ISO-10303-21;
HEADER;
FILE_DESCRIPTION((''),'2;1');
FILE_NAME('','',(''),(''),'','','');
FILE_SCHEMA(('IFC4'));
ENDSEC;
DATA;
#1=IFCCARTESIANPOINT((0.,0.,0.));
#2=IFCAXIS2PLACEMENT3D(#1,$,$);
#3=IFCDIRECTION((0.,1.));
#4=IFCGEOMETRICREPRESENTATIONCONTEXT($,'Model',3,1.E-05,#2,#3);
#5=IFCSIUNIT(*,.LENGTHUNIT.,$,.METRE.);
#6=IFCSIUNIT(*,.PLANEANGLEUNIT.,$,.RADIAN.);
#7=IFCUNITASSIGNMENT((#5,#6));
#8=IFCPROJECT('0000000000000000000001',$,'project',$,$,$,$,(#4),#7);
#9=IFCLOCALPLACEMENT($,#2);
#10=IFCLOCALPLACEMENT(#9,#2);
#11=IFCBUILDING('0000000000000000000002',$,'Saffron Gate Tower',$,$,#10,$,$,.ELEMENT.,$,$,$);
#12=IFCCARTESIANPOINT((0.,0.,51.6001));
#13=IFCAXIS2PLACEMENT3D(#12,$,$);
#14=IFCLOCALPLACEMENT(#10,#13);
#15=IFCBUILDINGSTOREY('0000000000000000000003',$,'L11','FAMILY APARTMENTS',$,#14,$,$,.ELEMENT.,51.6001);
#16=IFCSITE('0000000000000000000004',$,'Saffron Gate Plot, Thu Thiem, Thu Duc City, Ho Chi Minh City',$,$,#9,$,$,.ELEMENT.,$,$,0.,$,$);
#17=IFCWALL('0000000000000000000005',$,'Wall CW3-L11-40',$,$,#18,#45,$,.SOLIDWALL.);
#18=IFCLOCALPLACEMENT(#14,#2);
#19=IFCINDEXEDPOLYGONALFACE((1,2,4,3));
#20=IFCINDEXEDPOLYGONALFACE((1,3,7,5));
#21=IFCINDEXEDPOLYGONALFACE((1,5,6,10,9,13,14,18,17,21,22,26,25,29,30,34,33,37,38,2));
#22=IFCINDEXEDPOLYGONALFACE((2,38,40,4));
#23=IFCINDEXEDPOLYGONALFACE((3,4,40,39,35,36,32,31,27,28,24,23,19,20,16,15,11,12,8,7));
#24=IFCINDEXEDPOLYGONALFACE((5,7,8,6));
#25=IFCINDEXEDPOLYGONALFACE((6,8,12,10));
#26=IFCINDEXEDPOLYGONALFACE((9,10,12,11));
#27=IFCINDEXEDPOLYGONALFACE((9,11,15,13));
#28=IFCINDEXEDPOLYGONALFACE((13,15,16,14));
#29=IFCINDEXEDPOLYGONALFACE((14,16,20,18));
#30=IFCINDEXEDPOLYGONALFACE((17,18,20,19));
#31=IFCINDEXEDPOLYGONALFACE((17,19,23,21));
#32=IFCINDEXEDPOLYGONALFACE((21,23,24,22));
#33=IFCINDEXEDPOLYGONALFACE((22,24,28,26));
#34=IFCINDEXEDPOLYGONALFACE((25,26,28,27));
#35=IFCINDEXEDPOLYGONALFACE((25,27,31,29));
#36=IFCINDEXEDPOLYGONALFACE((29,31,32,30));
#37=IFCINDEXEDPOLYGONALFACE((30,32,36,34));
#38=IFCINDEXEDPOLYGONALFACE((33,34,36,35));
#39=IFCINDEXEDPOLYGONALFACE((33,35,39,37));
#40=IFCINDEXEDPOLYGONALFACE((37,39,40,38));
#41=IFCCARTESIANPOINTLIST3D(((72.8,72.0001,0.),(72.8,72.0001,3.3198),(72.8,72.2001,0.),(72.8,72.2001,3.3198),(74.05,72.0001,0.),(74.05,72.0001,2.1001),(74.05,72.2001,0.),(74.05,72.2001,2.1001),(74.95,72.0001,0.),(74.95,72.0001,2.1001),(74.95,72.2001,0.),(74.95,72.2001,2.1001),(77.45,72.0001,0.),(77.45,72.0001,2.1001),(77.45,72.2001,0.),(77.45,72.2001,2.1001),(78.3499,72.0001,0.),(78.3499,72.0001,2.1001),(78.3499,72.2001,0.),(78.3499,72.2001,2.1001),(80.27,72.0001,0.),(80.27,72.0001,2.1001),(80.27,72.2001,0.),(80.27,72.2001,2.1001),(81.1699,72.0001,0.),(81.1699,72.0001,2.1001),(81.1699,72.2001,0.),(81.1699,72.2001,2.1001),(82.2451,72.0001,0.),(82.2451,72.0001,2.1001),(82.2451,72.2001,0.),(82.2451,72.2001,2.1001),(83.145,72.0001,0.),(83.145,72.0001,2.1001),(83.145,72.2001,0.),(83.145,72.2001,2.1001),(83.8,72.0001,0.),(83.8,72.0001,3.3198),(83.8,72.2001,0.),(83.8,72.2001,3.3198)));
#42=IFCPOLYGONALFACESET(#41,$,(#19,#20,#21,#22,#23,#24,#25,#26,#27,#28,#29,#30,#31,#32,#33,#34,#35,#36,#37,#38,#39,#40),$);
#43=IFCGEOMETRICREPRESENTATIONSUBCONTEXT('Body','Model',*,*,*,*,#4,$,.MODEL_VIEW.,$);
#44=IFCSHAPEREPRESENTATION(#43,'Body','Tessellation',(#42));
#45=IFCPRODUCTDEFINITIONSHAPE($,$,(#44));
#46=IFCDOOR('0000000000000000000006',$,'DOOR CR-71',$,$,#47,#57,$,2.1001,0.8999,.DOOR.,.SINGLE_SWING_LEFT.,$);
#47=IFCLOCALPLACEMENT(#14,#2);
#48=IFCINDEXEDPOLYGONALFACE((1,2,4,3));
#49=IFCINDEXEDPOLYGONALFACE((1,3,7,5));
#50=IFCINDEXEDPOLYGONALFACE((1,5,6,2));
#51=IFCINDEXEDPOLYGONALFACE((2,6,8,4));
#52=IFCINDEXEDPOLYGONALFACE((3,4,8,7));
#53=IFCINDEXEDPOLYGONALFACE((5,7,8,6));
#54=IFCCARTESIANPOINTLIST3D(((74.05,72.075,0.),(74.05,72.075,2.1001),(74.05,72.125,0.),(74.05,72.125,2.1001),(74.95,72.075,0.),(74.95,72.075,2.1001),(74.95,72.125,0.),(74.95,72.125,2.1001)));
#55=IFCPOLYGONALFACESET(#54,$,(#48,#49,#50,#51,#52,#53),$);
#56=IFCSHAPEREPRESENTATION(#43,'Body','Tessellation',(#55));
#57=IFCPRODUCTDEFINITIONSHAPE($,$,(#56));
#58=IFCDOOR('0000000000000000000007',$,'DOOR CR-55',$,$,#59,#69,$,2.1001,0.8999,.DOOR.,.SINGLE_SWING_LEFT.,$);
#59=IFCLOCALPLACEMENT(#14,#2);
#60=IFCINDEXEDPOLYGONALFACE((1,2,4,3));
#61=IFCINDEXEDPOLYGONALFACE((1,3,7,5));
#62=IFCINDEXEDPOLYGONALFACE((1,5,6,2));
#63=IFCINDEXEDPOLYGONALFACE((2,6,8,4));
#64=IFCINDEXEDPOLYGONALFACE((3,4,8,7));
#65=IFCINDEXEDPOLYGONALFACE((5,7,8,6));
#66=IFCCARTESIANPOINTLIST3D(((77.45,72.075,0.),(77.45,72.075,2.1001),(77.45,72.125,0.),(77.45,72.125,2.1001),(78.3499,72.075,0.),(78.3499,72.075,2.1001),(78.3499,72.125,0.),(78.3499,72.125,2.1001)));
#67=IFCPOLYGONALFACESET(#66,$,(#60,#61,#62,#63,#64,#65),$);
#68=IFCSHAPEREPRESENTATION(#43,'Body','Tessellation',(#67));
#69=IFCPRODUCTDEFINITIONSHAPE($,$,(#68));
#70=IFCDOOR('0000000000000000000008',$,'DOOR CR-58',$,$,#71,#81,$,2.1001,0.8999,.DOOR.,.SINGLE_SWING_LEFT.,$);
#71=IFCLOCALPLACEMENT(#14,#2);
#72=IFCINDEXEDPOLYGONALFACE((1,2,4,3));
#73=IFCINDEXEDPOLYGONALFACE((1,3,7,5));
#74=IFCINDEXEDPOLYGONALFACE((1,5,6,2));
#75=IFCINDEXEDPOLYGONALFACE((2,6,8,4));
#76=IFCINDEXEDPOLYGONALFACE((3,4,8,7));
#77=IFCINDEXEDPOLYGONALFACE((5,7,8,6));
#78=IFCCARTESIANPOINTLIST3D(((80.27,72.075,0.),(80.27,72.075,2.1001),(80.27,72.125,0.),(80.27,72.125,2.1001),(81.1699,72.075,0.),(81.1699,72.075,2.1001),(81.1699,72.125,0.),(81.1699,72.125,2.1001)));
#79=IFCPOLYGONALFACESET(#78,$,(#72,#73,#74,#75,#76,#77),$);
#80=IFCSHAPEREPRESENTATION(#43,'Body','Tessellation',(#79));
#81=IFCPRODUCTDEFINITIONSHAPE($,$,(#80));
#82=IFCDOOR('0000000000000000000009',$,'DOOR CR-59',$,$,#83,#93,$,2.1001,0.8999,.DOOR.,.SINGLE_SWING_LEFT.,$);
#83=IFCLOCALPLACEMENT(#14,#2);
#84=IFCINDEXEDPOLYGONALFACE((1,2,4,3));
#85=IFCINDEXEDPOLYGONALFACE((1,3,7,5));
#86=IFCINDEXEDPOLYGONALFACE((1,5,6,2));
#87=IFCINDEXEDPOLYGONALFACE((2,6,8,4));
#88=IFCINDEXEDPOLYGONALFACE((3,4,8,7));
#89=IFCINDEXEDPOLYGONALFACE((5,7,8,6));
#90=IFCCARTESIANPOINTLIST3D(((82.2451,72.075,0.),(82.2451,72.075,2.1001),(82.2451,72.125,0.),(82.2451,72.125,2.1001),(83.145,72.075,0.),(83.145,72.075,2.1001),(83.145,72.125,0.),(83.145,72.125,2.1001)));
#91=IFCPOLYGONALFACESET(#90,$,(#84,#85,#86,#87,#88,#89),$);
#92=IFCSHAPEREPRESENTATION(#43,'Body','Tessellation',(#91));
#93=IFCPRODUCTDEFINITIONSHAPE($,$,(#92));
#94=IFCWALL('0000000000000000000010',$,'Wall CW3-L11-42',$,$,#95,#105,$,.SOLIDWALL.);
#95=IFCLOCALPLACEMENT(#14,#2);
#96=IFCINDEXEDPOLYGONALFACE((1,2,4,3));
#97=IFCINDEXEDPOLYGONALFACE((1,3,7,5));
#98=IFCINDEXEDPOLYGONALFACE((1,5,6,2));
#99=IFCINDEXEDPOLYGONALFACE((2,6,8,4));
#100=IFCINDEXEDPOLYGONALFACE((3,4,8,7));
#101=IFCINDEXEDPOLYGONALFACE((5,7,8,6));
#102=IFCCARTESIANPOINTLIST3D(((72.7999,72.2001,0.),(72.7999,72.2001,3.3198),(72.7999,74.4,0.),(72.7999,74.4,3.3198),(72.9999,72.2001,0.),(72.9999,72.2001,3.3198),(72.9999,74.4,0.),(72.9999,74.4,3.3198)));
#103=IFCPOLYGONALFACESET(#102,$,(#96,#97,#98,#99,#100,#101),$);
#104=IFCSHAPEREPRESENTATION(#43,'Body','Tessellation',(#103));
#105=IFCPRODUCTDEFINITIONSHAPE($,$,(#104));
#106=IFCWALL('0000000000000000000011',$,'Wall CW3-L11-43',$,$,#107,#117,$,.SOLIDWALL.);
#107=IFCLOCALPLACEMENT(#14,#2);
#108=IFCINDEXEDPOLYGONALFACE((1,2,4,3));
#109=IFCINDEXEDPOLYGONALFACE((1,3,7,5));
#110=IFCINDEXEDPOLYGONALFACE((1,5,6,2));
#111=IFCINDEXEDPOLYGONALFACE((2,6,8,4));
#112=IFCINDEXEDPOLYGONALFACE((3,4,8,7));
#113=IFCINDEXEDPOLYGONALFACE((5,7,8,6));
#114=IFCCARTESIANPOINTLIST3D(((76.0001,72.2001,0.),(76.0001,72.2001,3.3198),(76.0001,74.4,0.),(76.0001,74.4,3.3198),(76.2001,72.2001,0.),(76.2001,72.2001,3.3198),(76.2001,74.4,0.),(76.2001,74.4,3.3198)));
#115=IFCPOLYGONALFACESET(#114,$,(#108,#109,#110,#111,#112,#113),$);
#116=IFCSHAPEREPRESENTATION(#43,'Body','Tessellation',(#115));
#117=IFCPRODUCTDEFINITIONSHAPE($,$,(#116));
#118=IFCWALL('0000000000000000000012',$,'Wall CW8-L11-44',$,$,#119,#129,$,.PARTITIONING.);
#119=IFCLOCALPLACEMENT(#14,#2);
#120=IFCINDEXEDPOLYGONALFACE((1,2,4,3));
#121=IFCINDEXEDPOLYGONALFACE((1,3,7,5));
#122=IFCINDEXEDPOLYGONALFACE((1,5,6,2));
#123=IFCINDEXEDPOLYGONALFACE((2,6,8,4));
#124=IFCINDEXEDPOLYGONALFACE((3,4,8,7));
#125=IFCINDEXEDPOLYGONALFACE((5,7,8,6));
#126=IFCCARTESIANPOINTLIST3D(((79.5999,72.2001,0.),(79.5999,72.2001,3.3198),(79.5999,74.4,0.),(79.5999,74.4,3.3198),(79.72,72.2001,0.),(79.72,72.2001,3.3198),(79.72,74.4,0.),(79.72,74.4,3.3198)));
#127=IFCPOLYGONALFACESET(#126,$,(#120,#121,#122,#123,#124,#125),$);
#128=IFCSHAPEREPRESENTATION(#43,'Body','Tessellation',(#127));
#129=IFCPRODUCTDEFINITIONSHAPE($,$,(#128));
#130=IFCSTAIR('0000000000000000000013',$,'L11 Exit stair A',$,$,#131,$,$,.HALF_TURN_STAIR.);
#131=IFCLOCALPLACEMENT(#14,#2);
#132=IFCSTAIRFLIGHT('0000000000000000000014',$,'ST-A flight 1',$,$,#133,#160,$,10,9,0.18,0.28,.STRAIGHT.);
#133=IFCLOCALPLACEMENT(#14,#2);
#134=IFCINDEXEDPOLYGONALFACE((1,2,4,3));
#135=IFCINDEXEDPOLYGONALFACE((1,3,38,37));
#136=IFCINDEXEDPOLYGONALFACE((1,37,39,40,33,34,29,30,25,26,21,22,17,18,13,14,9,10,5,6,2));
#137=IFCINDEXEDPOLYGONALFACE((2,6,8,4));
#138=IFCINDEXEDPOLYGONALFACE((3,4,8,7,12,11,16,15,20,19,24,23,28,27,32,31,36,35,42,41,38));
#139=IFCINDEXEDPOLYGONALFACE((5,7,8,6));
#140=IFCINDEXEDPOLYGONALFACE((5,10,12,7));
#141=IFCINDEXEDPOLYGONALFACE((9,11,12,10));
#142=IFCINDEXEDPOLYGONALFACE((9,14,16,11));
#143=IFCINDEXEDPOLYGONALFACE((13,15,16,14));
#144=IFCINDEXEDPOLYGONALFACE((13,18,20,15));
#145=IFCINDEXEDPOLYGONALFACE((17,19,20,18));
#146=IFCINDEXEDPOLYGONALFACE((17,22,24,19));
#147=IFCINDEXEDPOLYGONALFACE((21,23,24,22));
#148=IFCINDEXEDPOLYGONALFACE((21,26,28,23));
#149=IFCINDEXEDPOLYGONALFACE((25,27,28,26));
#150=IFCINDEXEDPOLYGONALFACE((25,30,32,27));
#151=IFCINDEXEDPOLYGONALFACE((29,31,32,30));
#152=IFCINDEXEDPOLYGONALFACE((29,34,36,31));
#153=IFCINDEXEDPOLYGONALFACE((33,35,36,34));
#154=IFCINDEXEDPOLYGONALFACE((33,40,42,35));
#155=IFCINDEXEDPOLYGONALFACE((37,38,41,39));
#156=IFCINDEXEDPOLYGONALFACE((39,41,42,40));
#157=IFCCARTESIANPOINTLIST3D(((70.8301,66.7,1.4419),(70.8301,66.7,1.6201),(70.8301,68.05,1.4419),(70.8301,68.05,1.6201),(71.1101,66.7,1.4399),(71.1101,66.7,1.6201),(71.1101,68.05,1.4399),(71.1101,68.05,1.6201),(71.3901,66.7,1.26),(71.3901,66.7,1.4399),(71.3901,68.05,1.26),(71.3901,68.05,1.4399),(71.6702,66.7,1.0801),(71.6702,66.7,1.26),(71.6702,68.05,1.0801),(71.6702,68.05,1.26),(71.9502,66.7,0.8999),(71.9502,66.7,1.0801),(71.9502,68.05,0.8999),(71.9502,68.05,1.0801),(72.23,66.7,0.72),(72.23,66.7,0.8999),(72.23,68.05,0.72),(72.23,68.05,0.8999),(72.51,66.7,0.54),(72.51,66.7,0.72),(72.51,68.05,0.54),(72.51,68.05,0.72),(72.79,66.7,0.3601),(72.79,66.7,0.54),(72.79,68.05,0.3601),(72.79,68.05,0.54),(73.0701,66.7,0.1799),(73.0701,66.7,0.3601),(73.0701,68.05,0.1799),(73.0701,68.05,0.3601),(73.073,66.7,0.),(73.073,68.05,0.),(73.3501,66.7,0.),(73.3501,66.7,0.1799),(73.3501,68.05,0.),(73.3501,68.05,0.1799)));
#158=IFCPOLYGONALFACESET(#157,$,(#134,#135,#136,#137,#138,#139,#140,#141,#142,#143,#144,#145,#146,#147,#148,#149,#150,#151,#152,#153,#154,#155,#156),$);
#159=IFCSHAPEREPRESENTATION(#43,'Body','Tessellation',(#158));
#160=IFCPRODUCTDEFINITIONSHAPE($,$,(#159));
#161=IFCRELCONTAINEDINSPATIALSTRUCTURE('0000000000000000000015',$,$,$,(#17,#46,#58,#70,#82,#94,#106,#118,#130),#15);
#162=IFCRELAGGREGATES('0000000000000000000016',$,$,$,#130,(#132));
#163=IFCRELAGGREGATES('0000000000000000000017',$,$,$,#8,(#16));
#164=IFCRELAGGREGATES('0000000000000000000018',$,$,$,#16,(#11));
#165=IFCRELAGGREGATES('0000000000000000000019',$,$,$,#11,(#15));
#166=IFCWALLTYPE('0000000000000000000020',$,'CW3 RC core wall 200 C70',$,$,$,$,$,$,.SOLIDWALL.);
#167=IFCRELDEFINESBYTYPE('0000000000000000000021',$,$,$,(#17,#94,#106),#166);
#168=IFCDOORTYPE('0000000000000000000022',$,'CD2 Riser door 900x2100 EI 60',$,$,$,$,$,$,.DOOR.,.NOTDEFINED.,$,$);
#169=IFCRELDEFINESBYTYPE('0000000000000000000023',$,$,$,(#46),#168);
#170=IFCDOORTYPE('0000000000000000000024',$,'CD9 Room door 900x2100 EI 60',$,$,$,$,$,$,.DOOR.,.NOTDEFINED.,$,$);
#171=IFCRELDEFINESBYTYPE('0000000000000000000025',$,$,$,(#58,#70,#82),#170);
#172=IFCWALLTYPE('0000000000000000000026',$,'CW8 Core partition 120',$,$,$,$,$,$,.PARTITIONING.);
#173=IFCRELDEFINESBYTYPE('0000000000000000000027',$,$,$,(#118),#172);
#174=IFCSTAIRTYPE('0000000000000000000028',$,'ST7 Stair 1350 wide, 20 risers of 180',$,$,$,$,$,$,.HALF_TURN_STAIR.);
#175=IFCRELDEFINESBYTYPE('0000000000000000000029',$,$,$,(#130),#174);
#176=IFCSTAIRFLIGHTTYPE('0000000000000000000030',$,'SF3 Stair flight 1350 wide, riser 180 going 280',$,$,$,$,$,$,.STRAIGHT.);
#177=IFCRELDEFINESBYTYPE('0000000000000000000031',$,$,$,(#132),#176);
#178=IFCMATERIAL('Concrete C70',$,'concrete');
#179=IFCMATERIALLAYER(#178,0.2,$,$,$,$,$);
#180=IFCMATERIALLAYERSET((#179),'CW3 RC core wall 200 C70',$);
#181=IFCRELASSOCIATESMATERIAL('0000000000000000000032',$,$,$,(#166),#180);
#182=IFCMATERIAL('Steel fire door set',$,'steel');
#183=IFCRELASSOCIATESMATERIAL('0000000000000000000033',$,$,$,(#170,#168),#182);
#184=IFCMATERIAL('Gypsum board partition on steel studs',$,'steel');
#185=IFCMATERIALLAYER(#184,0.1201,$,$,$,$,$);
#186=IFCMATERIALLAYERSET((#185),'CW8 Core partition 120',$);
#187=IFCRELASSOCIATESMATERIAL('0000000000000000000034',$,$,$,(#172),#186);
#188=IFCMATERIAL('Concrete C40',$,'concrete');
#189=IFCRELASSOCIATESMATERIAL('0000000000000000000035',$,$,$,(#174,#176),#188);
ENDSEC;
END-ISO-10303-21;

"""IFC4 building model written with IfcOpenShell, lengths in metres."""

from ifc_helpers import new_model, si_unit, direction, frame, frame_2d, origin, place, context, subcontext, project, spatial, polyline, rectangle, outline, extrude, material, layer, layer_set, type_object, element, fill, aggregate, save


model = new_model("IFC4")

# Units and contexts
model_context = context("Model", 3, precision=1e-05, world=origin(), true_north=direction((0.0, 1.0)))
body_context = subcontext(model_context, "Body", "Model", "MODEL_VIEW")
ifc_project = project(units=[si_unit("LENGTHUNIT", "METRE"), si_unit("PLANEANGLEUNIT", "RADIAN")], contexts=[model_context])

# Site, building, storey
site_placement = place(None, origin())
site = spatial("IfcSite", under=ifc_project, at=site_placement, Name="Saffron Gate Plot, Thu Thiem, Thu Duc City, Ho Chi Minh City", CompositionType="ELEMENT", RefElevation=0.0)
building_placement = place(site_placement, origin())
building = spatial("IfcBuilding", under=site, at=building_placement, Name="Saffron Gate Tower", CompositionType="ELEMENT")
storey_placement = place(building_placement, frame((0.0, 0.0, 51.6001)))
storey = spatial("IfcBuildingStorey", under=building, at=storey_placement, Name="L11", Description="FAMILY APARTMENTS", CompositionType="ELEMENT", Elevation=51.6001)

# Shared definitions
ifc_material_1 = material(Name="Concrete C70", Category="concrete")

# Shared definitions
ifc_layer_1 = layer(ifc_material_1, 0.2)
ifc_layer_set_1 = layer_set([ifc_layer_1], Name="CW3 RC core wall 200 C70")
wall_type_1 = type_object("IfcWallType", Name="CW3 RC core wall 200 C70", PredefinedType="SOLIDWALL", material=ifc_layer_set_1)
ifc_material_2 = material(Name="Steel fire door set", Category="steel")
door_type_1 = type_object("IfcDoorType", Name="CD9 Room door 900x2100 EI 60", OperationType="NOTDEFINED", PredefinedType="DOOR", material=ifc_material_2)

# Wall, openings, doors
wall_1_placement = place(storey_placement, frame((72.8, 72.1001, 0.0), z_axis=(0.0, 0.0, 1.0), x_axis=(1.0, 0.0, 0.0)))
wall_1 = element("IfcWall", 1, at=wall_1_placement, inside=storey, type_object=wall_type_1, Name="Wall CW3-L11-40", PredefinedType="SOLIDWALL", context=body_context, shape_type="SweptSolid", body=[
    extrude(rectangle(XDim=11.0, YDim=0.2, at=frame_2d((5.5, 0.0))), origin(), (0.0, 0.0, 1.0), 3.3198),
])
opening_1_placement = place(wall_1_placement, frame((1.25, 0.0, 0.0)))
opening_1 = element("IfcOpeningElement", 2, at=opening_1_placement, cuts=wall_1, PredefinedType="OPENING", context=body_context, shape_type="SweptSolid", body=[
    extrude(rectangle(XDim=0.8999, YDim=2.1001, at=frame_2d((0.45, 1.05))), frame((0.0, 0.1099, 0.0), z_axis=(0.0, -1.0, 0.0), x_axis=(1.0, 0.0, 0.0)), (0.0, 0.0, 1.0), 0.22),
])
opening_2_placement = place(wall_1_placement, frame((4.6499, 0.0, 0.0)))
opening_2 = element("IfcOpeningElement", 3, at=opening_2_placement, cuts=wall_1, PredefinedType="OPENING", context=body_context, shape_type="SweptSolid", body=[
    extrude(rectangle(XDim=0.8999, YDim=2.1001, at=frame_2d((0.45, 1.05))), frame((0.0, 0.1099, 0.0), z_axis=(0.0, -1.0, 0.0), x_axis=(1.0, 0.0, 0.0)), (0.0, 0.0, 1.0), 0.22),
])
opening_3_placement = place(wall_1_placement, frame((7.47, 0.0, 0.0)))
opening_3 = element("IfcOpeningElement", 4, at=opening_3_placement, cuts=wall_1, PredefinedType="OPENING", context=body_context, shape_type="SweptSolid", body=[
    extrude(rectangle(XDim=0.8999, YDim=2.1001, at=frame_2d((0.45, 1.05))), frame((0.0, 0.1099, 0.0), z_axis=(0.0, -1.0, 0.0), x_axis=(1.0, 0.0, 0.0)), (0.0, 0.0, 1.0), 0.22),
])
opening_4_placement = place(wall_1_placement, frame((9.4451, 0.0, 0.0)))
opening_4 = element("IfcOpeningElement", 5, at=opening_4_placement, cuts=wall_1, PredefinedType="OPENING", context=body_context, shape_type="SweptSolid", body=[
    extrude(rectangle(XDim=0.8999, YDim=2.1001, at=frame_2d((0.45, 1.05))), frame((0.0, 0.1099, 0.0), z_axis=(0.0, -1.0, 0.0), x_axis=(1.0, 0.0, 0.0)), (0.0, 0.0, 1.0), 0.22),
])
door_type_2 = type_object("IfcDoorType", Name="CD2 Riser door 900x2100 EI 60", OperationType="NOTDEFINED", PredefinedType="DOOR", material=ifc_material_2)
door_1_placement = place(opening_1_placement, origin())
door_1 = element("IfcDoor", 6, at=door_1_placement, inside=storey, type_object=door_type_2, Name="DOOR CR-71", OperationType="SINGLE_SWING_LEFT", OverallHeight=2.1001, OverallWidth=0.8999, PredefinedType="DOOR", context=body_context, shape_type="SweptSolid", body=[
    extrude(rectangle(XDim=0.8999, YDim=2.1001, at=frame_2d((0.45, 1.05))), frame((0.0, 0.0249, 0.0), z_axis=(0.0, -1.0, 0.0), x_axis=(1.0, 0.0, 0.0)), (0.0, 0.0, 1.0), 0.05),
])
fill(opening_1, door_1)
door_2_placement = place(opening_2_placement, origin())
door_2 = element("IfcDoor", 7, at=door_2_placement, inside=storey, type_object=door_type_1, Name="DOOR CR-55", OperationType="SINGLE_SWING_LEFT", OverallHeight=2.1001, OverallWidth=0.8999, PredefinedType="DOOR", context=body_context, shape_type="SweptSolid", body=[
    extrude(rectangle(XDim=0.8999, YDim=2.1001, at=frame_2d((0.45, 1.05))), frame((0.0, 0.0249, 0.0), z_axis=(0.0, -1.0, 0.0), x_axis=(1.0, 0.0, 0.0)), (0.0, 0.0, 1.0), 0.05),
])
fill(opening_2, door_2)
door_3_placement = place(opening_3_placement, origin())
door_3 = element("IfcDoor", 8, at=door_3_placement, inside=storey, type_object=door_type_1, Name="DOOR CR-58", OperationType="SINGLE_SWING_LEFT", OverallHeight=2.1001, OverallWidth=0.8999, PredefinedType="DOOR", context=body_context, shape_type="SweptSolid", body=[
    extrude(rectangle(XDim=0.8999, YDim=2.1001, at=frame_2d((0.45, 1.05))), frame((0.0, 0.0249, 0.0), z_axis=(0.0, -1.0, 0.0), x_axis=(1.0, 0.0, 0.0)), (0.0, 0.0, 1.0), 0.05),
])
fill(opening_3, door_3)
door_4_placement = place(opening_4_placement, origin())
door_4 = element("IfcDoor", 9, at=door_4_placement, inside=storey, type_object=door_type_1, Name="DOOR CR-59", OperationType="SINGLE_SWING_LEFT", OverallHeight=2.1001, OverallWidth=0.8999, PredefinedType="DOOR", context=body_context, shape_type="SweptSolid", body=[
    extrude(rectangle(XDim=0.8999, YDim=2.1001, at=frame_2d((0.45, 1.05))), frame((0.0, 0.0249, 0.0), z_axis=(0.0, -1.0, 0.0), x_axis=(1.0, 0.0, 0.0)), (0.0, 0.0, 1.0), 0.05),
])
fill(opening_4, door_4)

# Walls
for number, where, z_axis, x_axis, name in (
    (10, (72.8999, 72.2, 0.0), (0.0, 0.0, 1.0), (0.0, 1.0, 0.0), "Wall CW3-L11-42"),
    (11, (76.1001, 72.2, 0.0), (0.0, 0.0, 1.0), (0.0, 1.0, 0.0), "Wall CW3-L11-43"),
):
    element("IfcWall", number, at=place(storey_placement, frame(where, z_axis=z_axis, x_axis=x_axis)), inside=storey, type_object=wall_type_1, Name=name, PredefinedType="SOLIDWALL", context=body_context, shape_type="SweptSolid", body=[
        extrude(rectangle(XDim=2.2, YDim=0.2, at=frame_2d((1.1001, 0.0))), origin(), (0.0, 0.0, 1.0), 3.3198),
    ])
ifc_material_3 = material(Name="Gypsum board partition on steel studs", Category="steel")
ifc_layer_2 = layer(ifc_material_3, 0.1201)
ifc_layer_set_2 = layer_set([ifc_layer_2], Name="CW8 Core partition 120")
wall_type_2 = type_object("IfcWallType", Name="CW8 Core partition 120", PredefinedType="PARTITIONING", material=ifc_layer_set_2)
wall_2_placement = place(storey_placement, frame((79.6599, 72.2, 0.0), z_axis=(0.0, 0.0, 1.0), x_axis=(0.0, 1.0, 0.0)))
element("IfcWall", 12, at=wall_2_placement, inside=storey, type_object=wall_type_2, Name="Wall CW8-L11-44", PredefinedType="PARTITIONING", context=body_context, shape_type="SweptSolid", body=[
    extrude(rectangle(XDim=2.2, YDim=0.1201, at=frame_2d((1.1001, 0.0))), origin(), (0.0, 0.0, 1.0), 3.3198),
])

# Stair, stair flight
ifc_material_4 = material(Name="Concrete C40", Category="concrete")
stair_type = type_object("IfcStairType", Name="ST7 Stair 1350 wide, 20 risers of 180", PredefinedType="HALF_TURN_STAIR", material=ifc_material_4)
stair_placement = place(storey_placement, origin())
stair = element("IfcStair", 13, at=stair_placement, inside=storey, type_object=stair_type, Name="L11 Exit stair A", PredefinedType="HALF_TURN_STAIR")
stair_flight_type = type_object("IfcStairFlightType", Name="SF3 Stair flight 1350 wide, riser 180 going 280", PredefinedType="STRAIGHT", material=ifc_material_4)
stair_flight_1_placement = place(storey_placement, frame((73.3501, 67.375, 0.0), z_axis=(0.0, 0.0, 1.0), x_axis=(-1.0, 0.0, 0.0)))
stair_flight_1 = element("IfcStairFlight", 14, at=stair_flight_1_placement, type_object=stair_flight_type, Name="ST-A flight 1", NumberOfRisers=10, NumberOfTreads=9, PredefinedType="STRAIGHT", RiserHeight=0.18, TreadLength=0.28, context=body_context, shape_type="SweptSolid", body=[
    extrude(outline(polyline([(0.0, 0.0), (0.0, 0.1799), (0.28, 0.1799), (0.28, 0.3601), (0.5601, 0.3601), (0.5601, 0.54), (0.8401, 0.54), (0.8401, 0.72), (1.1201, 0.72), (1.1201, 0.8999), (1.3999, 0.8999), (1.3999, 1.0801), (1.6799, 1.0801), (1.6799, 1.26), (1.96, 1.26), (1.96, 1.4399), (2.24, 1.4399), (2.24, 1.6201), (2.52, 1.6201), (2.52, 1.8), (2.52, 1.4419), (0.2771, 0.0), (0.0, 0.0)])), frame((0.0, 0.675, 0.0), z_axis=(0.0, -1.0, 0.0), x_axis=(1.0, 0.0, 0.0)), (0.0, 0.0, 1.0), 1.3501),
])
aggregate(stair, [stair_flight_1])

save(model, "model.ifc")
